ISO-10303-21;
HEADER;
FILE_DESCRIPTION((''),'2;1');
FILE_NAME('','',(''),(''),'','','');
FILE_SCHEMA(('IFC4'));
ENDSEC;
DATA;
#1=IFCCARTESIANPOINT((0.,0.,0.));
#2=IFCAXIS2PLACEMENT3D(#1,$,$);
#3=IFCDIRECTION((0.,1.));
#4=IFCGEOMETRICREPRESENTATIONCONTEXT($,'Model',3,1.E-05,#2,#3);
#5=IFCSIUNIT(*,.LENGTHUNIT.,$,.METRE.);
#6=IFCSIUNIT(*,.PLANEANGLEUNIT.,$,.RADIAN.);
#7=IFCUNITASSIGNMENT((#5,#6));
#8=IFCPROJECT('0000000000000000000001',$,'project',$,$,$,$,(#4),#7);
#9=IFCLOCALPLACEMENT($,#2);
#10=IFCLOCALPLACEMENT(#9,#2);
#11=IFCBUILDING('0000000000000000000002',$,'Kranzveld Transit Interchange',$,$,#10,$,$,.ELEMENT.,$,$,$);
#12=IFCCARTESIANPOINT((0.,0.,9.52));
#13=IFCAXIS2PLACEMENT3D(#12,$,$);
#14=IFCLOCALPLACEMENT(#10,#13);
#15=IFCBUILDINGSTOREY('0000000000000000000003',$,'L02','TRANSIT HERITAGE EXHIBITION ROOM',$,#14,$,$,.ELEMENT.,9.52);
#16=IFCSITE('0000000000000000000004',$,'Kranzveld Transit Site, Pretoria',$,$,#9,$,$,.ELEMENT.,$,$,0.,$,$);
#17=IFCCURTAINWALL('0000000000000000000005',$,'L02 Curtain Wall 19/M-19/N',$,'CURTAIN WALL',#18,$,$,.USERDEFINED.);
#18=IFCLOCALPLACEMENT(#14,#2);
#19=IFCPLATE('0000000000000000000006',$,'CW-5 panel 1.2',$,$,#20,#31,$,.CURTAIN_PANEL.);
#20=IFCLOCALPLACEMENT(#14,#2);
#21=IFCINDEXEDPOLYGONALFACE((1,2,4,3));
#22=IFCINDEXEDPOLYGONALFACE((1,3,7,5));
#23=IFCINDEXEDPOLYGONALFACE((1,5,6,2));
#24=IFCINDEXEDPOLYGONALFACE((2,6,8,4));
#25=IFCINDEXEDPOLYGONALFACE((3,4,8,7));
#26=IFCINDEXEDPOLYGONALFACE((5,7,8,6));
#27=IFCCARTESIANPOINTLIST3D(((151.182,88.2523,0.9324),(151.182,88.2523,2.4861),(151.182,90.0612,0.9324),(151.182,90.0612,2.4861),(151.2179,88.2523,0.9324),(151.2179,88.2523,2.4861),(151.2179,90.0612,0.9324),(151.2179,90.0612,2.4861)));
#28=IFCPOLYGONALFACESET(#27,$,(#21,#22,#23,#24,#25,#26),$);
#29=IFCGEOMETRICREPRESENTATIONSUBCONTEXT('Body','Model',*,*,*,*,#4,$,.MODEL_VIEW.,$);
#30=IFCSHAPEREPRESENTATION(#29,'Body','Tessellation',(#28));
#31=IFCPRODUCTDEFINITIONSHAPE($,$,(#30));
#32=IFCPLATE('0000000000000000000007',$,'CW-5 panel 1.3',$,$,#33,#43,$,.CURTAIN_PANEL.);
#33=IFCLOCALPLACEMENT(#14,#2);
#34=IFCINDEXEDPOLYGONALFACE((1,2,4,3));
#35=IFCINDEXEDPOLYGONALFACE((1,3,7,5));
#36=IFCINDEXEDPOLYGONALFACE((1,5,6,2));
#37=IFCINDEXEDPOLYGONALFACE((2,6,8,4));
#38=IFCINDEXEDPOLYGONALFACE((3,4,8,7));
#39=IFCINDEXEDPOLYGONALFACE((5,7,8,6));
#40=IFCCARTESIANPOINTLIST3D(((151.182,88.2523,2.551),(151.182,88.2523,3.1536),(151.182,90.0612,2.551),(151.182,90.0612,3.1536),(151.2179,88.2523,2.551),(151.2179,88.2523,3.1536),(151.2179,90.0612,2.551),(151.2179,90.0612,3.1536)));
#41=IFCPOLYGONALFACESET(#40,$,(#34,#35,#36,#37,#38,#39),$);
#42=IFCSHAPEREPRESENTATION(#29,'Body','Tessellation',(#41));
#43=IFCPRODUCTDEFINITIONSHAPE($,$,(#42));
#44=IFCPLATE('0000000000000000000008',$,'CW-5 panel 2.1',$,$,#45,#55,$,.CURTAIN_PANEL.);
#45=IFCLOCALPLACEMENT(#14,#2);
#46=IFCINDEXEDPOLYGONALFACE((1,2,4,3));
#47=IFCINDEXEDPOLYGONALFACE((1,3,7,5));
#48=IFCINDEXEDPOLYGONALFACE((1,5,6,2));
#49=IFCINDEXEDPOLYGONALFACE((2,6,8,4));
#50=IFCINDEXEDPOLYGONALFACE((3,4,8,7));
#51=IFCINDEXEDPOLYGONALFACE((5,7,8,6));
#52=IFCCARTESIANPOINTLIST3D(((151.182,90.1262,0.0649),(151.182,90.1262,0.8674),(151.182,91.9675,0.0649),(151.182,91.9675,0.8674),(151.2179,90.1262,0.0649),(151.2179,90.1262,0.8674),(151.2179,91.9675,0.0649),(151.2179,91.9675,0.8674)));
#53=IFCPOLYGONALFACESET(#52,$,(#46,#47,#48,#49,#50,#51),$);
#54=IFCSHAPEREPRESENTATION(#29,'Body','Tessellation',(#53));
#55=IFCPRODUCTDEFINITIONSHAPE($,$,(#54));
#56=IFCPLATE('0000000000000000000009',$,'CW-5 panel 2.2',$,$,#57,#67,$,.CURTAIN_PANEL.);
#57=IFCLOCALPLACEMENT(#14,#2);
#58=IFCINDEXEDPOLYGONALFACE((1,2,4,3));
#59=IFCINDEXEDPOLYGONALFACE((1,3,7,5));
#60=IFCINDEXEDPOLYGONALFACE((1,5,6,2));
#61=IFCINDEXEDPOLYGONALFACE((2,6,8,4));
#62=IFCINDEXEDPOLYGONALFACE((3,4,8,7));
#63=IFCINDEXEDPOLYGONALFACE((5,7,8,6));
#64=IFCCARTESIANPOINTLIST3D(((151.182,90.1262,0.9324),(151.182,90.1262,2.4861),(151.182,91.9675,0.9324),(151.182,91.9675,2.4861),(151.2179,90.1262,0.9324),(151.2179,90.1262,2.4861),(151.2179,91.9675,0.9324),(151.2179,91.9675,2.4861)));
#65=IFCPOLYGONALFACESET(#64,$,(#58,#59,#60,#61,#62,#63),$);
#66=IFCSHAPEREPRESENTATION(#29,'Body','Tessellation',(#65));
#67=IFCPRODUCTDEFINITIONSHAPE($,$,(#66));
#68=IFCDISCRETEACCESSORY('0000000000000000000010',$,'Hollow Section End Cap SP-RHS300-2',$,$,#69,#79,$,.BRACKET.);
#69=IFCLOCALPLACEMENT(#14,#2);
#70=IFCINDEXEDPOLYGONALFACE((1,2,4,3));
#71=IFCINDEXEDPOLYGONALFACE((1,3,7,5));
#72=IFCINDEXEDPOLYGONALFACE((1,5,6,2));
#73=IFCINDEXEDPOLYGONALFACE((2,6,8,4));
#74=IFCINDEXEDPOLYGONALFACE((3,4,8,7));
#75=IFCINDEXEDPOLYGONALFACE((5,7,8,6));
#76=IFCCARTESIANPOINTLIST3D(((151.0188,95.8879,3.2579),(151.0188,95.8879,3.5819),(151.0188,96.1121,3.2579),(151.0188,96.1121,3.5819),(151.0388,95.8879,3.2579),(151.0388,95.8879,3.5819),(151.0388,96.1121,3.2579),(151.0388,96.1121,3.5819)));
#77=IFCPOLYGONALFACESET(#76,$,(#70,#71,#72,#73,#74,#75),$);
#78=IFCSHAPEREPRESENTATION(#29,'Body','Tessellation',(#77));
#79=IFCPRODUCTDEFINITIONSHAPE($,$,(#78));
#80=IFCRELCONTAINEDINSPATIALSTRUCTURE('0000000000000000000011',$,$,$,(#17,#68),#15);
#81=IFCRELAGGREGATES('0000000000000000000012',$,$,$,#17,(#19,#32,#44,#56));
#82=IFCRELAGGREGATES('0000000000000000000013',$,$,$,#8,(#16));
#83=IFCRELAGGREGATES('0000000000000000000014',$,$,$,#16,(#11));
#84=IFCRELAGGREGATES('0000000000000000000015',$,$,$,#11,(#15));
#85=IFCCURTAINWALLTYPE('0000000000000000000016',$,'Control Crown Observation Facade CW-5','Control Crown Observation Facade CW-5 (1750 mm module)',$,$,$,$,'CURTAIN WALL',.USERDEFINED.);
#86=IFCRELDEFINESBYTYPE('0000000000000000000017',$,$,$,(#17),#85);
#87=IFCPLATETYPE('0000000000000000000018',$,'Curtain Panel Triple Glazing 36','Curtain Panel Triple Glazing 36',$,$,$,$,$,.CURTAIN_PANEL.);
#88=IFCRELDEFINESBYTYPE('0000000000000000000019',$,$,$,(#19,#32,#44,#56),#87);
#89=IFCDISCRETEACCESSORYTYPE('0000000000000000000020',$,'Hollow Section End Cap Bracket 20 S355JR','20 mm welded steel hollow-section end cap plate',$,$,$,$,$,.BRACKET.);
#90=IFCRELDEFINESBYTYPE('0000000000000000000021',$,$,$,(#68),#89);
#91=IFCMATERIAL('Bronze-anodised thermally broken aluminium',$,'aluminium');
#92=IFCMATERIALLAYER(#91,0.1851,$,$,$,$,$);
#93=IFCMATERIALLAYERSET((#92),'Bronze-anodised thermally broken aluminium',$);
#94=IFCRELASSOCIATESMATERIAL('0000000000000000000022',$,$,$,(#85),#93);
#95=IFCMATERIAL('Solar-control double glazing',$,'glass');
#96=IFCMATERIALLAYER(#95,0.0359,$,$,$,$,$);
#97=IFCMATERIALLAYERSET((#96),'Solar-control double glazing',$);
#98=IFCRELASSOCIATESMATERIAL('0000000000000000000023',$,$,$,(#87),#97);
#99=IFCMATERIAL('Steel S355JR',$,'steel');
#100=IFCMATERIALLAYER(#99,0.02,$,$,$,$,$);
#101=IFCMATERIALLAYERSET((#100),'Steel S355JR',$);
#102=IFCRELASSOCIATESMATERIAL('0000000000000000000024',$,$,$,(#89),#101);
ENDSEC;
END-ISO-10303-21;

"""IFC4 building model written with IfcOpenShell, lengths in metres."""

from ifc_helpers import new_model, si_unit, direction, frame, origin, origin_2d, place, context, subcontext, project, spatial, rectangle, extrude, material, layer, layer_set, type_object, element, aggregate, save


model = new_model("IFC4")

# Units and contexts
model_context = context("Model", 3, precision=1e-05, world=origin(), true_north=direction((0.0, 1.0)))
body_context = subcontext(model_context, "Body", "Model", "MODEL_VIEW")
ifc_project = project(units=[si_unit("LENGTHUNIT", "METRE"), si_unit("PLANEANGLEUNIT", "RADIAN")], contexts=[model_context])

# Site, building, storey
site_placement = place(None, origin())
site = spatial("IfcSite", under=ifc_project, at=site_placement, Name="Kranzveld Transit Site, Pretoria", CompositionType="ELEMENT", RefElevation=0.0)
building_placement = place(site_placement, origin())
building = spatial("IfcBuilding", under=site, at=building_placement, Name="Kranzveld Transit Interchange", CompositionType="ELEMENT")
storey_placement = place(building_placement, frame((0.0, 0.0, 9.52)))
storey = spatial("IfcBuildingStorey", under=building, at=storey_placement, Name="L02", Description="TRANSIT HERITAGE EXHIBITION ROOM", CompositionType="ELEMENT", Elevation=9.52)

# Curtain wall
ifc_material_1 = material(Name="Bronze-anodised thermally broken aluminium", Category="aluminium")
ifc_layer_1 = layer(ifc_material_1, 0.1851)
ifc_layer_set_1 = layer_set([ifc_layer_1], Name="Bronze-anodised thermally broken aluminium")
curtain_wall_type_1 = type_object("IfcCurtainWallType", Name="Control Crown Observation Facade CW-5", Description="Control Crown Observation Facade CW-5 (1750 mm module)", ElementType="CURTAIN WALL", PredefinedType="USERDEFINED", material=ifc_layer_set_1)
curtain_wall_1_placement = place(storey_placement, origin())
curtain_wall_1 = element("IfcCurtainWall", 1, at=curtain_wall_1_placement, inside=storey, type_object=curtain_wall_type_1, Name="L02 Curtain Wall 19/M-19/N", ObjectType="CURTAIN WALL", PredefinedType="USERDEFINED")

# Plates
ifc_material_2 = material(Name="Solar-control double glazing", Category="glass")
ifc_layer_2 = layer(ifc_material_2, 0.0359)
ifc_layer_set_2 = layer_set([ifc_layer_2], Name="Solar-control double glazing")
plate_type_1 = type_object("IfcPlateType", Name="Curtain Panel Triple Glazing 36", Description="Curtain Panel Triple Glazing 36", PredefinedType="CURTAIN_PANEL", material=ifc_layer_set_2)
plate_1_placement = place(storey_placement, frame((151.2, 89.1567, 0.9324), z_axis=(0.0, 0.0, 1.0), x_axis=(0.0, 1.0, 0.0)))
plate_1 = element("IfcPlate", 2, at=plate_1_placement, type_object=plate_type_1, Name="CW-5 panel 1.2", PredefinedType="CURTAIN_PANEL", context=body_context, shape_type="SweptSolid", body=[
    extrude(rectangle(XDim=1.8088, YDim=0.0359, at=origin_2d()), origin(), (0.0, 0.0, 1.0), 1.5537),
])
plate_2_placement = place(storey_placement, frame((151.2, 89.1567, 2.551), z_axis=(0.0, 0.0, 1.0), x_axis=(0.0, 1.0, 0.0)))
plate_2 = element("IfcPlate", 3, at=plate_2_placement, type_object=plate_type_1, Name="CW-5 panel 1.3", PredefinedType="CURTAIN_PANEL", context=body_context, shape_type="SweptSolid", body=[
    extrude(rectangle(XDim=1.8088, YDim=0.0359, at=origin_2d()), origin(), (0.0, 0.0, 1.0), 0.6025),
])
plate_3_placement = place(storey_placement, frame((151.2, 91.0469, 0.0649), z_axis=(0.0, 0.0, 1.0), x_axis=(0.0, 1.0, 0.0)))
plate_3 = element("IfcPlate", 4, at=plate_3_placement, type_object=plate_type_1, Name="CW-5 panel 2.1", PredefinedType="CURTAIN_PANEL", context=body_context, shape_type="SweptSolid", body=[
    extrude(rectangle(XDim=1.8413, YDim=0.0359, at=origin_2d()), origin(), (0.0, 0.0, 1.0), 0.8025),
])
plate_4_placement = place(storey_placement, frame((151.2, 91.0469, 0.9324), z_axis=(0.0, 0.0, 1.0), x_axis=(0.0, 1.0, 0.0)))
plate_4 = element("IfcPlate", 5, at=plate_4_placement, type_object=plate_type_1, Name="CW-5 panel 2.2", PredefinedType="CURTAIN_PANEL", context=body_context, shape_type="SweptSolid", body=[
    extrude(rectangle(XDim=1.8413, YDim=0.0359, at=origin_2d()), origin(), (0.0, 0.0, 1.0), 1.5537),
])
aggregate(curtain_wall_1, [plate_1, plate_2, plate_3, plate_4])

# Discrete accessory
ifc_material_3 = material(Name="Steel S355JR", Category="steel")
ifc_layer_3 = layer(ifc_material_3, 0.02)
ifc_layer_set_3 = layer_set([ifc_layer_3], Name="Steel S355JR")
discrete_accessory_type = type_object("IfcDiscreteAccessoryType", Name="Hollow Section End Cap Bracket 20 S355JR", Description="20 mm welded steel hollow-section end cap plate", PredefinedType="BRACKET", material=ifc_layer_set_3)
discrete_accessory_placement = place(storey_placement, frame((151.0188, 96.0, 3.4199), z_axis=(1.0, 0.0, 0.0), x_axis=(0.0, 1.0, 0.0)))
element("IfcDiscreteAccessory", 6, at=discrete_accessory_placement, inside=storey, type_object=discrete_accessory_type, Name="Hollow Section End Cap SP-RHS300-2", PredefinedType="BRACKET", context=body_context, shape_type="SweptSolid", body=[
    extrude(rectangle(XDim=0.2241, YDim=0.324, at=origin_2d()), origin(), (0.0, 0.0, 1.0), 0.02),
])

save(model, "model.ifc")
